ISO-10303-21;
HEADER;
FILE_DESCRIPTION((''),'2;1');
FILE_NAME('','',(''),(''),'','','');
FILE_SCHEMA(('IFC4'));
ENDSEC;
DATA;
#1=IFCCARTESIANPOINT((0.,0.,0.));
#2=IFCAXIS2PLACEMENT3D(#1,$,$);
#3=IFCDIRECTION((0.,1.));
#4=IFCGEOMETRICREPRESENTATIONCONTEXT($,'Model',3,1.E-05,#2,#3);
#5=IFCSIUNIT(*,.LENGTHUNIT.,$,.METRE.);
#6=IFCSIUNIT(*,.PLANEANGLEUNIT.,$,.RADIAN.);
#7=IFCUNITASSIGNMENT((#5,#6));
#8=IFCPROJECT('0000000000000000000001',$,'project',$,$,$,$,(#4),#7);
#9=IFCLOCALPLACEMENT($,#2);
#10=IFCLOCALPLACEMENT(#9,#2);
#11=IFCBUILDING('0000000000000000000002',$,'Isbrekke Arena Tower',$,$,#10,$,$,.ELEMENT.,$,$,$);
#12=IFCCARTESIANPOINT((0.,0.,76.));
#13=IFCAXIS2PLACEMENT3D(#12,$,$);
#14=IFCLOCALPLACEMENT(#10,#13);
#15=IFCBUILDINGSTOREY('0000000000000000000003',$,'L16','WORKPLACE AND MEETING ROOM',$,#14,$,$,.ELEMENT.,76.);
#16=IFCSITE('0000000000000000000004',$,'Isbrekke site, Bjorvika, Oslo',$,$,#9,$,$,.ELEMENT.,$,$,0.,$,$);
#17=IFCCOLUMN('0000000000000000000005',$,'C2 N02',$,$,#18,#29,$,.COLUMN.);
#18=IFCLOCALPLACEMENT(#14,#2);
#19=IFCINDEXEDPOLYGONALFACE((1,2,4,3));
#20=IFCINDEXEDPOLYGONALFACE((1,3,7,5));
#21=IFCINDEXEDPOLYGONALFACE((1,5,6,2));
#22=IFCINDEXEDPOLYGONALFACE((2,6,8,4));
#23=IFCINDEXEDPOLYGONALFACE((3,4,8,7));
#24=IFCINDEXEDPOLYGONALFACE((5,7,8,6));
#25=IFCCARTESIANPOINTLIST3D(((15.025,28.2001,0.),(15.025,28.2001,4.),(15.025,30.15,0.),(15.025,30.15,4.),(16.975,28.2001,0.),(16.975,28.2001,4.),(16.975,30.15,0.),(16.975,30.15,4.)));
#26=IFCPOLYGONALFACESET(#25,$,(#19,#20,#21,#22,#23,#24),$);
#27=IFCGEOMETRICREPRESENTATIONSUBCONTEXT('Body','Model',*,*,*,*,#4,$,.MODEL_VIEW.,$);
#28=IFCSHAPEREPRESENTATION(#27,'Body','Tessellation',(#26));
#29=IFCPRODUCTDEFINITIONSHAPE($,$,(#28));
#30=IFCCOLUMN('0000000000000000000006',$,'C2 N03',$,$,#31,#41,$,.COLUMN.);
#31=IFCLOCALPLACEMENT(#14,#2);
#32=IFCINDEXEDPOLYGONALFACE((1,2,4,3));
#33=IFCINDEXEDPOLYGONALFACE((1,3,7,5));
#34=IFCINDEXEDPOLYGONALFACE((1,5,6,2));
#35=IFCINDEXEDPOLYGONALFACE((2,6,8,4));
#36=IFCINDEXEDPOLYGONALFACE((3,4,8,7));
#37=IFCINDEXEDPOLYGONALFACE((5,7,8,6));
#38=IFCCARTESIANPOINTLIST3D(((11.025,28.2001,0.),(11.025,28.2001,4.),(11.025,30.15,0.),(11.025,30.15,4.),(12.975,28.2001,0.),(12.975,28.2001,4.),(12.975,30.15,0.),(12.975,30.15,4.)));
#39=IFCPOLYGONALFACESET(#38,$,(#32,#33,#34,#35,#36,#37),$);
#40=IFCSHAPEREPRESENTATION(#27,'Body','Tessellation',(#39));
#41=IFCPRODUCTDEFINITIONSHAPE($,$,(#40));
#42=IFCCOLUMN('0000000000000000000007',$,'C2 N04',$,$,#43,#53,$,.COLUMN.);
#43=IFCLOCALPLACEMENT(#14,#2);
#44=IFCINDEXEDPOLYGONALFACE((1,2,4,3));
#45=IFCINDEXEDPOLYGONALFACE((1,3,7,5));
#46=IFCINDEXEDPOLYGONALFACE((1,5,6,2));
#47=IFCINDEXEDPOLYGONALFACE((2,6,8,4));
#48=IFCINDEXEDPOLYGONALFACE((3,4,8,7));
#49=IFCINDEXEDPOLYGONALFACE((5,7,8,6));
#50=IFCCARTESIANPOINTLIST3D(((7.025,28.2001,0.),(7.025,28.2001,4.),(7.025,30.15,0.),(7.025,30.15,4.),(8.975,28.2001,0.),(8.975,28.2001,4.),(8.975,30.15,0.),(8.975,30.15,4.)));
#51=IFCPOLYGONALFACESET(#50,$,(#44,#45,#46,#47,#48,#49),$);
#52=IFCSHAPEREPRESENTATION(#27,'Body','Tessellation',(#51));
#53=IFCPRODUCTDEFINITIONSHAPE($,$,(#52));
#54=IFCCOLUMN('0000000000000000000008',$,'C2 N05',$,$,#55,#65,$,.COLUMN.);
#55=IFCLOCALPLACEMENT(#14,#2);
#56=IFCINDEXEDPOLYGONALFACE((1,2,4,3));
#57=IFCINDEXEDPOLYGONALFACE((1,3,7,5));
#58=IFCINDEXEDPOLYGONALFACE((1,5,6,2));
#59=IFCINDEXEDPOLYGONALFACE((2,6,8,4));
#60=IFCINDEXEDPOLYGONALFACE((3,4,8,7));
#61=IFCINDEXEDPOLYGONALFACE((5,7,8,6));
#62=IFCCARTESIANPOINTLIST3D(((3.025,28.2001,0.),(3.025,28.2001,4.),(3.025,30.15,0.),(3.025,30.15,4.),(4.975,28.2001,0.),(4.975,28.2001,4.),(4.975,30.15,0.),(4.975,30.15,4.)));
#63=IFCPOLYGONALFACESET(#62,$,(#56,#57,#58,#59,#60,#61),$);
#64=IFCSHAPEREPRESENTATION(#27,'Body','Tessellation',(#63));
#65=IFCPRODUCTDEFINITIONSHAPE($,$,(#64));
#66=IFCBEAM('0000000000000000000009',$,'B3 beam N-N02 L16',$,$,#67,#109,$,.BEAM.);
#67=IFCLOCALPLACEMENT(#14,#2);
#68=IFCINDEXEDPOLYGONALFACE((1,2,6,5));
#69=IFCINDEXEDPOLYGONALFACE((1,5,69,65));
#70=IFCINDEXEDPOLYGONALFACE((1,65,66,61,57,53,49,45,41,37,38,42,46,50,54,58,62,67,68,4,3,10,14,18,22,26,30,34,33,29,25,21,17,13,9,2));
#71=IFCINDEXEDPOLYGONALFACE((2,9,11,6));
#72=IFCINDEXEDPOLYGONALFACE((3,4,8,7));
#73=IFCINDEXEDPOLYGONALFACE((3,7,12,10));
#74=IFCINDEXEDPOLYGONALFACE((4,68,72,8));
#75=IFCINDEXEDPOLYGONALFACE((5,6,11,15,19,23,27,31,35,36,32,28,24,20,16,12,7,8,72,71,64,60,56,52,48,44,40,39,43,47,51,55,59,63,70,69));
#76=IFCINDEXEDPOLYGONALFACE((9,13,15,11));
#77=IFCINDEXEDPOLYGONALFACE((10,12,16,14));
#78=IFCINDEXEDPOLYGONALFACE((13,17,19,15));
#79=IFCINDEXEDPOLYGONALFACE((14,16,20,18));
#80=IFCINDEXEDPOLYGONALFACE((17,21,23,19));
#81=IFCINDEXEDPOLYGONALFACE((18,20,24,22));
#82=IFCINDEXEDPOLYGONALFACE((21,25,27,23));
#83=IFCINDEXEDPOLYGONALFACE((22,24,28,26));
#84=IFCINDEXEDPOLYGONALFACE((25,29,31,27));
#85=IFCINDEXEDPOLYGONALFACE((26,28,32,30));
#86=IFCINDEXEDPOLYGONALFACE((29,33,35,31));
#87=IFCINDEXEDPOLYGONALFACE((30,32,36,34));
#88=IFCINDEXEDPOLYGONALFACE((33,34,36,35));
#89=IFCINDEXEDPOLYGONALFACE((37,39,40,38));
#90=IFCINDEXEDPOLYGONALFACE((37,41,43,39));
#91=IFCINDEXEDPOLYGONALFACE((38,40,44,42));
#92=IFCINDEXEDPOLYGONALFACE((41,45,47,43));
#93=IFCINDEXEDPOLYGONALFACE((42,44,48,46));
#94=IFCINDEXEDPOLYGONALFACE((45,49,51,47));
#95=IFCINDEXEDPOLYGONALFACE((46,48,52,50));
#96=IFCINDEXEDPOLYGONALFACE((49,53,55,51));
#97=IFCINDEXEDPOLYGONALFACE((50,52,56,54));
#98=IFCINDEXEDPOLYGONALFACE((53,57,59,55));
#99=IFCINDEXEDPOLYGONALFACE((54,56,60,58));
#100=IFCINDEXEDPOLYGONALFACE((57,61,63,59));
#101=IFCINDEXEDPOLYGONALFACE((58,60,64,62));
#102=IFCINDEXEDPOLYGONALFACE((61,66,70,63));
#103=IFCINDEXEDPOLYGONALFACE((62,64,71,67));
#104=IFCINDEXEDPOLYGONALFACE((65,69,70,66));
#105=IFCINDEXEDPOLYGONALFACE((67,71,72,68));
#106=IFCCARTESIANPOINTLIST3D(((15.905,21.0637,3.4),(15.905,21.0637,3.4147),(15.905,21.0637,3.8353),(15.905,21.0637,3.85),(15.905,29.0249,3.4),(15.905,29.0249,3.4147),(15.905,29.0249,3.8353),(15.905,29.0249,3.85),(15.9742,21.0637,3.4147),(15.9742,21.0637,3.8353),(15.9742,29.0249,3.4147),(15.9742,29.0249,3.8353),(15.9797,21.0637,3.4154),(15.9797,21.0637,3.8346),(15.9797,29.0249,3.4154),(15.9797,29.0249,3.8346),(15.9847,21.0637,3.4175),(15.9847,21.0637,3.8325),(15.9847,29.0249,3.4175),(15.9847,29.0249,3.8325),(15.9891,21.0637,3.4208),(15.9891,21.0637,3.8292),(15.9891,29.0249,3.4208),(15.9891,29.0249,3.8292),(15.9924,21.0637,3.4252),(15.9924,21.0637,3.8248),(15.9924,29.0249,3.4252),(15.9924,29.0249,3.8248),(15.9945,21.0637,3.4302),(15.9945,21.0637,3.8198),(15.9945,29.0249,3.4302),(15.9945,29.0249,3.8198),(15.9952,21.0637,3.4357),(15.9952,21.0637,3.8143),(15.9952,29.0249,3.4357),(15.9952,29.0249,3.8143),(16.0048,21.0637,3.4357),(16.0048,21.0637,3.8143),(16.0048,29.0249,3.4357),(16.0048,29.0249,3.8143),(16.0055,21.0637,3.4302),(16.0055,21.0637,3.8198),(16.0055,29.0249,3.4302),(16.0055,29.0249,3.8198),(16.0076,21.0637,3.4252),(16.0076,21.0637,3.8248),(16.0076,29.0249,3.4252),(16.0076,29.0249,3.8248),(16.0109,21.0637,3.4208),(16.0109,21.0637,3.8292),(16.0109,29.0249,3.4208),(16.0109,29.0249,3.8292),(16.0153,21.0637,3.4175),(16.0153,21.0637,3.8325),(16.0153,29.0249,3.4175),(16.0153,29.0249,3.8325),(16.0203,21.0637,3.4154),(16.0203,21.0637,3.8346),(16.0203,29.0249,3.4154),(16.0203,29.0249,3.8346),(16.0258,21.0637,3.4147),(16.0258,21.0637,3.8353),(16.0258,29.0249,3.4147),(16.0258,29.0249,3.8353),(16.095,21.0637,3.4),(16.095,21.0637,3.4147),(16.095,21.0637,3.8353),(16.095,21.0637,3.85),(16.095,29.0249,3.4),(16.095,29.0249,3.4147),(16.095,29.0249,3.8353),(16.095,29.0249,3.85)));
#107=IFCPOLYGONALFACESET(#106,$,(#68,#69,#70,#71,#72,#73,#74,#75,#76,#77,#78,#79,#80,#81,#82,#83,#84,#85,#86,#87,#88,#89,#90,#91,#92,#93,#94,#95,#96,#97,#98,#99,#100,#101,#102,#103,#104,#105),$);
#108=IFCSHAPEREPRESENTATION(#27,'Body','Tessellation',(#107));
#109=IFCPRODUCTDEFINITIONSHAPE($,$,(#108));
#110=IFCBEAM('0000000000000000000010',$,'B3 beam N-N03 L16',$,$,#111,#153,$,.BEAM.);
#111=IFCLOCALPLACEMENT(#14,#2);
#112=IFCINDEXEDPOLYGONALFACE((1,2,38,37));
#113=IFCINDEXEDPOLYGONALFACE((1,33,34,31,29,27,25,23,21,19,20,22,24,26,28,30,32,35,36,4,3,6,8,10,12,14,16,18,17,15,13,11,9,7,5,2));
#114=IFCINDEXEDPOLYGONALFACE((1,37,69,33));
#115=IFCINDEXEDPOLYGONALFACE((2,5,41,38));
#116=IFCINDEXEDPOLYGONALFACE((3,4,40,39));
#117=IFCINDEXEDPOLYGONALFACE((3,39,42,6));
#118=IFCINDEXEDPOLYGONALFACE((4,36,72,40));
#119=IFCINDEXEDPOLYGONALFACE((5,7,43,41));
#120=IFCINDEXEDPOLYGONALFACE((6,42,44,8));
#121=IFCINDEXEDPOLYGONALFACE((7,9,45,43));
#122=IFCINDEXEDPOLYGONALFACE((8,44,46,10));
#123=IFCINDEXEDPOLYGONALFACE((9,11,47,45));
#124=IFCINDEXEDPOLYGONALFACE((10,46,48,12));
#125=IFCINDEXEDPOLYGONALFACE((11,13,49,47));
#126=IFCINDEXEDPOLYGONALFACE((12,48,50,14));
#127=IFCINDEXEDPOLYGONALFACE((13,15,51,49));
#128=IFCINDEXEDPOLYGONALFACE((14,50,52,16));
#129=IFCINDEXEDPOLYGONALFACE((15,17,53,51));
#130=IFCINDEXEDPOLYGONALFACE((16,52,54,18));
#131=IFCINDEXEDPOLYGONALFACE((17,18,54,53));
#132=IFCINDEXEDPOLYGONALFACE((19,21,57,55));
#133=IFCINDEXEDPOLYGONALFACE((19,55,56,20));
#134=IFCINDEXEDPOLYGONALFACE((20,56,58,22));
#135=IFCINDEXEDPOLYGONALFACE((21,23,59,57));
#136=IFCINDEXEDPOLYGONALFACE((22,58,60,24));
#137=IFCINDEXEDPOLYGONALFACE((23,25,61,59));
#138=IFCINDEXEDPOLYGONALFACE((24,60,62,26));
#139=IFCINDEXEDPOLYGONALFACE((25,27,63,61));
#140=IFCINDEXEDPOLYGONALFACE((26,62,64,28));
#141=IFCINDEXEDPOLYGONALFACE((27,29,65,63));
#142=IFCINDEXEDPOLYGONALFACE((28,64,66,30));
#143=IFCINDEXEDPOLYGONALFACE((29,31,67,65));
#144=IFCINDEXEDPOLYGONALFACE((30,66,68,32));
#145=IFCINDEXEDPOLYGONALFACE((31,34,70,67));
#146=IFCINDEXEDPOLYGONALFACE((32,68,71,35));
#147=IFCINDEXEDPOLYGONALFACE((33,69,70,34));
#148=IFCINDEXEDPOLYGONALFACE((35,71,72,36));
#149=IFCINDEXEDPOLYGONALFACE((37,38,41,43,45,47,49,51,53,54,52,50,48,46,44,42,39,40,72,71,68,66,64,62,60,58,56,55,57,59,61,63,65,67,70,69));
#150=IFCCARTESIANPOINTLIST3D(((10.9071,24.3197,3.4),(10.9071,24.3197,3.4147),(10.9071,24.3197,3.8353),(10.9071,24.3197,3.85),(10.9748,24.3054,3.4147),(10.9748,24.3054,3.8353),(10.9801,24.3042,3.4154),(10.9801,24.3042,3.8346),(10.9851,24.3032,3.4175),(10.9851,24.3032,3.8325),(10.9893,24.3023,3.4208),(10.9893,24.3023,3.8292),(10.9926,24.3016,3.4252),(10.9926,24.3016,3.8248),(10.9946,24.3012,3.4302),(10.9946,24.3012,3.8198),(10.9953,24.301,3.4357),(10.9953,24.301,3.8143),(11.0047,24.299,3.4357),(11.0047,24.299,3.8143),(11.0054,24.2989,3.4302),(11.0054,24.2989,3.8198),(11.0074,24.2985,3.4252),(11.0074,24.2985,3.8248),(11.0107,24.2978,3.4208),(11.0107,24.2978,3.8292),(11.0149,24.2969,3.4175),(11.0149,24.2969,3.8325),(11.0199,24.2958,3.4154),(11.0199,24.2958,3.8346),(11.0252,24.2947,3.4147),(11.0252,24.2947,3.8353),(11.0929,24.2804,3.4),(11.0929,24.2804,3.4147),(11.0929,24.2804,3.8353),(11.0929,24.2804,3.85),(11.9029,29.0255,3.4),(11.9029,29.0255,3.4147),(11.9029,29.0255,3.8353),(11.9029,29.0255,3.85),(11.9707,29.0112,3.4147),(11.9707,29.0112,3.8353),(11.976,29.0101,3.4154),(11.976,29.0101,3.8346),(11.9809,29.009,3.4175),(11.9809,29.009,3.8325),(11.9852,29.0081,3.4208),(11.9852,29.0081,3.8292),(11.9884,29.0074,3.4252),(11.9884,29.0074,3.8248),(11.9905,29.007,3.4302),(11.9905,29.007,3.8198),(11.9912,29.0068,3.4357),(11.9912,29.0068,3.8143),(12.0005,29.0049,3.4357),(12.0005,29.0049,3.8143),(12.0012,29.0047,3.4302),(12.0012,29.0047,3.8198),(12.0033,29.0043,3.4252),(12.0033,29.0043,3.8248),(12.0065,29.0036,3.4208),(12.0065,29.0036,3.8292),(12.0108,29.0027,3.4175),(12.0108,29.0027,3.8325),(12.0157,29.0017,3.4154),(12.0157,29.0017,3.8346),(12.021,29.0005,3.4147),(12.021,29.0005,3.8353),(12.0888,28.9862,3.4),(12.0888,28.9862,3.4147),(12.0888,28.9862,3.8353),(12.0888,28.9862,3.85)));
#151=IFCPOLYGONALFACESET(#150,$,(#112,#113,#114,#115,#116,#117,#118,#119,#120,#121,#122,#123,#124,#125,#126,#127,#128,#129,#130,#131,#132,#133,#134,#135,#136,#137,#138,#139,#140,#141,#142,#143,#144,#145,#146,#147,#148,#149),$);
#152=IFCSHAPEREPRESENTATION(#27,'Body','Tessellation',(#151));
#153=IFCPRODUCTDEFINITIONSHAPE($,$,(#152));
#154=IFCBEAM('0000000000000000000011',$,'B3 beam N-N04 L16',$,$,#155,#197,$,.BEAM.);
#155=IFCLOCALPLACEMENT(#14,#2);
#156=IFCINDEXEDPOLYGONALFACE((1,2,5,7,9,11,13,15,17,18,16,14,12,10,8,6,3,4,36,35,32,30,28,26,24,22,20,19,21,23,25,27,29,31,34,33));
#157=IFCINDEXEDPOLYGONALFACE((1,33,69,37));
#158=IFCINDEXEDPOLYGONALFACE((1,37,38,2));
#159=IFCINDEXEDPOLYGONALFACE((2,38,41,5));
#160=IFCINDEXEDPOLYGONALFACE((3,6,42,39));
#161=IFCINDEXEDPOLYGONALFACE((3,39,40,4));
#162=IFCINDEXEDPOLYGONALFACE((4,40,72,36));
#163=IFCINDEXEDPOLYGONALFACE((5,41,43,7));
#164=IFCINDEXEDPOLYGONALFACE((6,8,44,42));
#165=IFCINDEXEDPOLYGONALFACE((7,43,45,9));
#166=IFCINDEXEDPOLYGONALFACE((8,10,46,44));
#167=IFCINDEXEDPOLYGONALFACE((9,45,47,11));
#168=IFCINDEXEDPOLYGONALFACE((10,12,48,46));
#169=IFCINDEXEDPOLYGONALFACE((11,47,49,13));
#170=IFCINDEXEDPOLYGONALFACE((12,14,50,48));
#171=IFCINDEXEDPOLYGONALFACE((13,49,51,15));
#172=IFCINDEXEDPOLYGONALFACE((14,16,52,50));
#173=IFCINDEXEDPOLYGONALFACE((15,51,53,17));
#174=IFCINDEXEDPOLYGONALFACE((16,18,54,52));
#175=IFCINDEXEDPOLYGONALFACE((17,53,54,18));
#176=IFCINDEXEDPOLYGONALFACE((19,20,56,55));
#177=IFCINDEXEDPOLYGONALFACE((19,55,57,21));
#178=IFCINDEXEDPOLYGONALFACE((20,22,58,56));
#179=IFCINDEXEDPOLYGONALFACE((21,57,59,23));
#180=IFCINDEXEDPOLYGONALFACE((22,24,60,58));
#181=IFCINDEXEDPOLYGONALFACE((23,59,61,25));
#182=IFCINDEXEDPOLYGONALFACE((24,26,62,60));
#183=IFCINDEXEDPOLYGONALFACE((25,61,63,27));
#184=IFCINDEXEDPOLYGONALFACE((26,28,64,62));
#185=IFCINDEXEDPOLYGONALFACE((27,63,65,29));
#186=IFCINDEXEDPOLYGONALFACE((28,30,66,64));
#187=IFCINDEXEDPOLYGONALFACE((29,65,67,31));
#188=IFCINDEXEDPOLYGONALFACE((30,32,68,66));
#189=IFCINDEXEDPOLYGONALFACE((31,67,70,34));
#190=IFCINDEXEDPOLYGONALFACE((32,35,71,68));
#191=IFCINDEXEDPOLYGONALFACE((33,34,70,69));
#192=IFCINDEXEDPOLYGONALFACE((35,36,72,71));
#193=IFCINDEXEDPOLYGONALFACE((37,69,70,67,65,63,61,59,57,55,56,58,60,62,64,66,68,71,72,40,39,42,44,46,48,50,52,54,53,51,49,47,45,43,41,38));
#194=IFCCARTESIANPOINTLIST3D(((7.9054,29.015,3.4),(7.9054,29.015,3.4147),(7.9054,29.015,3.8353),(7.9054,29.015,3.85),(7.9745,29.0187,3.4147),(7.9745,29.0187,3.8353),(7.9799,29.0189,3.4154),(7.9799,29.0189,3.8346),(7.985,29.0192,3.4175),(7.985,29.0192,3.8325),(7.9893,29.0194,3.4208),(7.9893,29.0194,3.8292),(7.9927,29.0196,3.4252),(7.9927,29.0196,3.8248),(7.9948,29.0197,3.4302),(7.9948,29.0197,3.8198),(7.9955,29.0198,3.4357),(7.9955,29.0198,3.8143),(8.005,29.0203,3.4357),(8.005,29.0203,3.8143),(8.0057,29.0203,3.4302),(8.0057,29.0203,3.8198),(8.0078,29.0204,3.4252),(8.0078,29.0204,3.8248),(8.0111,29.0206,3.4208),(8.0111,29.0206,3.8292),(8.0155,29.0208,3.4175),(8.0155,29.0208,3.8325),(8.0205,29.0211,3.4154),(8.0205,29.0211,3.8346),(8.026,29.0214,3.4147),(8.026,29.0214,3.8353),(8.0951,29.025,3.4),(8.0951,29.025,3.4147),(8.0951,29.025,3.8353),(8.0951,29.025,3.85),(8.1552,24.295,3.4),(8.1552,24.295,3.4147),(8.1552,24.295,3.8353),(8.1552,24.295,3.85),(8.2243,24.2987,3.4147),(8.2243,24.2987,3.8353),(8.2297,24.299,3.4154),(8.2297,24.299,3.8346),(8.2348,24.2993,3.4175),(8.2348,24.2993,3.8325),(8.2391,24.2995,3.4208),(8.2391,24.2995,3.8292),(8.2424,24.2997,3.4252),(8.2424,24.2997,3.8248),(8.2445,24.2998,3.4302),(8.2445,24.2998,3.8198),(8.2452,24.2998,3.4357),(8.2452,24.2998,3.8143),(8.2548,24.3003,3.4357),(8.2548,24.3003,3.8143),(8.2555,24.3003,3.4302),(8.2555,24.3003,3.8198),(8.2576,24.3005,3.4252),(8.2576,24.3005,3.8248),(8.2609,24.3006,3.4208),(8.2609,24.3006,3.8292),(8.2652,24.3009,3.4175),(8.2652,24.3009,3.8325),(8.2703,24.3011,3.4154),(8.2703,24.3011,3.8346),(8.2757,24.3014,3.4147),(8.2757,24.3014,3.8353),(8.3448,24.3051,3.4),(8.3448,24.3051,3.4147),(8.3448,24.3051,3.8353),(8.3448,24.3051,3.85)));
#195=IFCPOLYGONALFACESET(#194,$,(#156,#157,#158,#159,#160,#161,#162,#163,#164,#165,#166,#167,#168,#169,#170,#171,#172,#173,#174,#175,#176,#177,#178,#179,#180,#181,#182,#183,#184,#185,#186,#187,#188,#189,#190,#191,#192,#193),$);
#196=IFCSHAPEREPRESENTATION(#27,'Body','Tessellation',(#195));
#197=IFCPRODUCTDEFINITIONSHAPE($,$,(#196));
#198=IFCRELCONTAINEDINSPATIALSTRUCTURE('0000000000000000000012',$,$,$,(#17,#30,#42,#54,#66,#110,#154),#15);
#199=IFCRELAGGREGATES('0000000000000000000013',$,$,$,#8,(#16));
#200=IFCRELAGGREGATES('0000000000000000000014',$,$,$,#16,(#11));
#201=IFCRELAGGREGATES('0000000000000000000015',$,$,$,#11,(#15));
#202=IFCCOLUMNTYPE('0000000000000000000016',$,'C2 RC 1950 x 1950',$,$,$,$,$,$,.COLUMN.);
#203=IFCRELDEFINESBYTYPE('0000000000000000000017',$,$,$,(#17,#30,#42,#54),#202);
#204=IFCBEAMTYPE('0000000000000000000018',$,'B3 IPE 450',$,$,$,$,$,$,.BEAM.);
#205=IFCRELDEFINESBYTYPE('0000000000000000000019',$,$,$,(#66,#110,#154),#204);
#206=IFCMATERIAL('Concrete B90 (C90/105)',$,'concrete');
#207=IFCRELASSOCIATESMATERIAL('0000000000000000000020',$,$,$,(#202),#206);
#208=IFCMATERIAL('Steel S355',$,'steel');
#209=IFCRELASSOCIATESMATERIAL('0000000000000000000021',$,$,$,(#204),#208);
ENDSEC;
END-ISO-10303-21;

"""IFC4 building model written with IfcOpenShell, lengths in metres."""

from ifc_helpers import new_model, si_unit, direction, frame, origin, origin_2d, place, context, subcontext, project, spatial, rectangle, i_section, extrude, material, material_profile, profile_set, type_object, element, save


model = new_model("IFC4")

# Units and contexts
model_context = context("Model", 3, precision=1e-05, world=origin(), true_north=direction((0.0, 1.0)))
body_context = subcontext(model_context, "Body", "Model", "MODEL_VIEW")
ifc_project = project(units=[si_unit("LENGTHUNIT", "METRE"), si_unit("PLANEANGLEUNIT", "RADIAN")], contexts=[model_context])

# Site, building, storey
site_placement = place(None, origin())
site = spatial("IfcSite", under=ifc_project, at=site_placement, Name="Isbrekke site, Bjorvika, Oslo", CompositionType="ELEMENT", RefElevation=0.0)
building_placement = place(site_placement, origin())
building = spatial("IfcBuilding", under=site, at=building_placement, Name="Isbrekke Arena Tower", CompositionType="ELEMENT")
storey_placement = place(building_placement, frame((0.0, 0.0, 76.0)))
storey = spatial("IfcBuildingStorey", under=building, at=storey_placement, Name="L16", Description="WORKPLACE AND MEETING ROOM", CompositionType="ELEMENT", Elevation=76.0)

# Columns
ifc_material_1 = material(Name="Concrete B90 (C90/105)", Category="concrete")
ifc_material_profile_1 = material_profile(ifc_material_1, rectangle(XDim=1.95, YDim=1.95, at=origin_2d()), Name="RC 1950x1950")
ifc_profile_set_1 = profile_set([ifc_material_profile_1], Name="Concrete B90 (C90/105)")
column_type = type_object("IfcColumnType", Name="C2 RC 1950 x 1950", PredefinedType="COLUMN", material=ifc_profile_set_1)
for number, where, z_axis, x_axis, name in (
    (1, (16.0, 29.175, 0.0), (0.0, 0.0, 1.0), (-1.0, 0.0, 0.0), "C2 N02"),
    (2, (12.0, 29.175, 0.0), (0.0, 0.0, 1.0), (-1.0, 0.0, 0.0), "C2 N03"),
    (3, (8.0, 29.175, 0.0), (0.0, 0.0, 1.0), (-1.0, 0.0, 0.0), "C2 N04"),
    (4, (4.0, 29.175, 0.0), (0.0, 0.0, 1.0), (-1.0, 0.0, 0.0), "C2 N05"),
):
    element("IfcColumn", number, at=place(storey_placement, frame(where, z_axis=z_axis, x_axis=x_axis)), inside=storey, type_object=column_type, Name=name, PredefinedType="COLUMN", context=body_context, shape_type="SweptSolid", body=[
        extrude(rectangle(XDim=1.95, YDim=1.95, at=origin_2d()), origin(), (0.0, 0.0, 1.0), 4.0),
    ])

# Beams
ifc_material_2 = material(Name="Steel S355", Category="steel")
ifc_material_profile_2 = material_profile(ifc_material_2, i_section(OverallWidth=0.1899, OverallDepth=0.45, WebThickness=0.0095, FlangeThickness=0.0146, FilletRadius=0.021, at=origin_2d()), Name="IPE 450")
ifc_profile_set_2 = profile_set([ifc_material_profile_2], Name="Steel S355")
beam_type_1 = type_object("IfcBeamType", Name="B3 IPE 450", PredefinedType="BEAM", material=ifc_profile_set_2)
beam_1_placement = place(storey_placement, frame((16.0, 29.0249, 3.625), z_axis=(0.0, -1.0, 0.0), x_axis=(1.0, 0.0, 0.0)))
element("IfcBeam", 5, at=beam_1_placement, inside=storey, type_object=beam_type_1, Name="B3 beam N-N02 L16", PredefinedType="BEAM", context=body_context, shape_type="SweptSolid", body=[
    extrude(i_section(OverallWidth=0.1899, OverallDepth=0.45, WebThickness=0.0095, FlangeThickness=0.0146, FilletRadius=0.021, at=origin_2d()), origin(), (0.0, 0.0, 1.0), 7.9612),
])
beam_2_placement = place(storey_placement, frame((11.9958, 29.0059, 3.625), z_axis=(-0.207036, -0.978333, 0.0), x_axis=(0.978333, -0.207036, 0.0)))
element("IfcBeam", 6, at=beam_2_placement, inside=storey, type_object=beam_type_1, Name="B3 beam N-N03 L16", PredefinedType="BEAM", context=body_context, shape_type="SweptSolid", body=[
    extrude(i_section(OverallWidth=0.1899, OverallDepth=0.45, WebThickness=0.0095, FlangeThickness=0.0146, FilletRadius=0.021, at=origin_2d()), origin(), (0.0, 0.0, 1.0), 4.8101),
])
beam_3_placement = place(storey_placement, frame((8.0002, 29.02, 3.625), z_axis=(0.052841, -0.998603, 0.0), x_axis=(0.998603, 0.052841, 0.0)))
element("IfcBeam", 7, at=beam_3_placement, inside=storey, type_object=beam_type_1, Name="B3 beam N-N04 L16", PredefinedType="BEAM", context=body_context, shape_type="SweptSolid", body=[
    extrude(i_section(OverallWidth=0.1899, OverallDepth=0.45, WebThickness=0.0095, FlangeThickness=0.0146, FilletRadius=0.021, at=origin_2d()), origin(), (0.0, 0.0, 1.0), 4.7266),
])

save(model, "model.ifc")
